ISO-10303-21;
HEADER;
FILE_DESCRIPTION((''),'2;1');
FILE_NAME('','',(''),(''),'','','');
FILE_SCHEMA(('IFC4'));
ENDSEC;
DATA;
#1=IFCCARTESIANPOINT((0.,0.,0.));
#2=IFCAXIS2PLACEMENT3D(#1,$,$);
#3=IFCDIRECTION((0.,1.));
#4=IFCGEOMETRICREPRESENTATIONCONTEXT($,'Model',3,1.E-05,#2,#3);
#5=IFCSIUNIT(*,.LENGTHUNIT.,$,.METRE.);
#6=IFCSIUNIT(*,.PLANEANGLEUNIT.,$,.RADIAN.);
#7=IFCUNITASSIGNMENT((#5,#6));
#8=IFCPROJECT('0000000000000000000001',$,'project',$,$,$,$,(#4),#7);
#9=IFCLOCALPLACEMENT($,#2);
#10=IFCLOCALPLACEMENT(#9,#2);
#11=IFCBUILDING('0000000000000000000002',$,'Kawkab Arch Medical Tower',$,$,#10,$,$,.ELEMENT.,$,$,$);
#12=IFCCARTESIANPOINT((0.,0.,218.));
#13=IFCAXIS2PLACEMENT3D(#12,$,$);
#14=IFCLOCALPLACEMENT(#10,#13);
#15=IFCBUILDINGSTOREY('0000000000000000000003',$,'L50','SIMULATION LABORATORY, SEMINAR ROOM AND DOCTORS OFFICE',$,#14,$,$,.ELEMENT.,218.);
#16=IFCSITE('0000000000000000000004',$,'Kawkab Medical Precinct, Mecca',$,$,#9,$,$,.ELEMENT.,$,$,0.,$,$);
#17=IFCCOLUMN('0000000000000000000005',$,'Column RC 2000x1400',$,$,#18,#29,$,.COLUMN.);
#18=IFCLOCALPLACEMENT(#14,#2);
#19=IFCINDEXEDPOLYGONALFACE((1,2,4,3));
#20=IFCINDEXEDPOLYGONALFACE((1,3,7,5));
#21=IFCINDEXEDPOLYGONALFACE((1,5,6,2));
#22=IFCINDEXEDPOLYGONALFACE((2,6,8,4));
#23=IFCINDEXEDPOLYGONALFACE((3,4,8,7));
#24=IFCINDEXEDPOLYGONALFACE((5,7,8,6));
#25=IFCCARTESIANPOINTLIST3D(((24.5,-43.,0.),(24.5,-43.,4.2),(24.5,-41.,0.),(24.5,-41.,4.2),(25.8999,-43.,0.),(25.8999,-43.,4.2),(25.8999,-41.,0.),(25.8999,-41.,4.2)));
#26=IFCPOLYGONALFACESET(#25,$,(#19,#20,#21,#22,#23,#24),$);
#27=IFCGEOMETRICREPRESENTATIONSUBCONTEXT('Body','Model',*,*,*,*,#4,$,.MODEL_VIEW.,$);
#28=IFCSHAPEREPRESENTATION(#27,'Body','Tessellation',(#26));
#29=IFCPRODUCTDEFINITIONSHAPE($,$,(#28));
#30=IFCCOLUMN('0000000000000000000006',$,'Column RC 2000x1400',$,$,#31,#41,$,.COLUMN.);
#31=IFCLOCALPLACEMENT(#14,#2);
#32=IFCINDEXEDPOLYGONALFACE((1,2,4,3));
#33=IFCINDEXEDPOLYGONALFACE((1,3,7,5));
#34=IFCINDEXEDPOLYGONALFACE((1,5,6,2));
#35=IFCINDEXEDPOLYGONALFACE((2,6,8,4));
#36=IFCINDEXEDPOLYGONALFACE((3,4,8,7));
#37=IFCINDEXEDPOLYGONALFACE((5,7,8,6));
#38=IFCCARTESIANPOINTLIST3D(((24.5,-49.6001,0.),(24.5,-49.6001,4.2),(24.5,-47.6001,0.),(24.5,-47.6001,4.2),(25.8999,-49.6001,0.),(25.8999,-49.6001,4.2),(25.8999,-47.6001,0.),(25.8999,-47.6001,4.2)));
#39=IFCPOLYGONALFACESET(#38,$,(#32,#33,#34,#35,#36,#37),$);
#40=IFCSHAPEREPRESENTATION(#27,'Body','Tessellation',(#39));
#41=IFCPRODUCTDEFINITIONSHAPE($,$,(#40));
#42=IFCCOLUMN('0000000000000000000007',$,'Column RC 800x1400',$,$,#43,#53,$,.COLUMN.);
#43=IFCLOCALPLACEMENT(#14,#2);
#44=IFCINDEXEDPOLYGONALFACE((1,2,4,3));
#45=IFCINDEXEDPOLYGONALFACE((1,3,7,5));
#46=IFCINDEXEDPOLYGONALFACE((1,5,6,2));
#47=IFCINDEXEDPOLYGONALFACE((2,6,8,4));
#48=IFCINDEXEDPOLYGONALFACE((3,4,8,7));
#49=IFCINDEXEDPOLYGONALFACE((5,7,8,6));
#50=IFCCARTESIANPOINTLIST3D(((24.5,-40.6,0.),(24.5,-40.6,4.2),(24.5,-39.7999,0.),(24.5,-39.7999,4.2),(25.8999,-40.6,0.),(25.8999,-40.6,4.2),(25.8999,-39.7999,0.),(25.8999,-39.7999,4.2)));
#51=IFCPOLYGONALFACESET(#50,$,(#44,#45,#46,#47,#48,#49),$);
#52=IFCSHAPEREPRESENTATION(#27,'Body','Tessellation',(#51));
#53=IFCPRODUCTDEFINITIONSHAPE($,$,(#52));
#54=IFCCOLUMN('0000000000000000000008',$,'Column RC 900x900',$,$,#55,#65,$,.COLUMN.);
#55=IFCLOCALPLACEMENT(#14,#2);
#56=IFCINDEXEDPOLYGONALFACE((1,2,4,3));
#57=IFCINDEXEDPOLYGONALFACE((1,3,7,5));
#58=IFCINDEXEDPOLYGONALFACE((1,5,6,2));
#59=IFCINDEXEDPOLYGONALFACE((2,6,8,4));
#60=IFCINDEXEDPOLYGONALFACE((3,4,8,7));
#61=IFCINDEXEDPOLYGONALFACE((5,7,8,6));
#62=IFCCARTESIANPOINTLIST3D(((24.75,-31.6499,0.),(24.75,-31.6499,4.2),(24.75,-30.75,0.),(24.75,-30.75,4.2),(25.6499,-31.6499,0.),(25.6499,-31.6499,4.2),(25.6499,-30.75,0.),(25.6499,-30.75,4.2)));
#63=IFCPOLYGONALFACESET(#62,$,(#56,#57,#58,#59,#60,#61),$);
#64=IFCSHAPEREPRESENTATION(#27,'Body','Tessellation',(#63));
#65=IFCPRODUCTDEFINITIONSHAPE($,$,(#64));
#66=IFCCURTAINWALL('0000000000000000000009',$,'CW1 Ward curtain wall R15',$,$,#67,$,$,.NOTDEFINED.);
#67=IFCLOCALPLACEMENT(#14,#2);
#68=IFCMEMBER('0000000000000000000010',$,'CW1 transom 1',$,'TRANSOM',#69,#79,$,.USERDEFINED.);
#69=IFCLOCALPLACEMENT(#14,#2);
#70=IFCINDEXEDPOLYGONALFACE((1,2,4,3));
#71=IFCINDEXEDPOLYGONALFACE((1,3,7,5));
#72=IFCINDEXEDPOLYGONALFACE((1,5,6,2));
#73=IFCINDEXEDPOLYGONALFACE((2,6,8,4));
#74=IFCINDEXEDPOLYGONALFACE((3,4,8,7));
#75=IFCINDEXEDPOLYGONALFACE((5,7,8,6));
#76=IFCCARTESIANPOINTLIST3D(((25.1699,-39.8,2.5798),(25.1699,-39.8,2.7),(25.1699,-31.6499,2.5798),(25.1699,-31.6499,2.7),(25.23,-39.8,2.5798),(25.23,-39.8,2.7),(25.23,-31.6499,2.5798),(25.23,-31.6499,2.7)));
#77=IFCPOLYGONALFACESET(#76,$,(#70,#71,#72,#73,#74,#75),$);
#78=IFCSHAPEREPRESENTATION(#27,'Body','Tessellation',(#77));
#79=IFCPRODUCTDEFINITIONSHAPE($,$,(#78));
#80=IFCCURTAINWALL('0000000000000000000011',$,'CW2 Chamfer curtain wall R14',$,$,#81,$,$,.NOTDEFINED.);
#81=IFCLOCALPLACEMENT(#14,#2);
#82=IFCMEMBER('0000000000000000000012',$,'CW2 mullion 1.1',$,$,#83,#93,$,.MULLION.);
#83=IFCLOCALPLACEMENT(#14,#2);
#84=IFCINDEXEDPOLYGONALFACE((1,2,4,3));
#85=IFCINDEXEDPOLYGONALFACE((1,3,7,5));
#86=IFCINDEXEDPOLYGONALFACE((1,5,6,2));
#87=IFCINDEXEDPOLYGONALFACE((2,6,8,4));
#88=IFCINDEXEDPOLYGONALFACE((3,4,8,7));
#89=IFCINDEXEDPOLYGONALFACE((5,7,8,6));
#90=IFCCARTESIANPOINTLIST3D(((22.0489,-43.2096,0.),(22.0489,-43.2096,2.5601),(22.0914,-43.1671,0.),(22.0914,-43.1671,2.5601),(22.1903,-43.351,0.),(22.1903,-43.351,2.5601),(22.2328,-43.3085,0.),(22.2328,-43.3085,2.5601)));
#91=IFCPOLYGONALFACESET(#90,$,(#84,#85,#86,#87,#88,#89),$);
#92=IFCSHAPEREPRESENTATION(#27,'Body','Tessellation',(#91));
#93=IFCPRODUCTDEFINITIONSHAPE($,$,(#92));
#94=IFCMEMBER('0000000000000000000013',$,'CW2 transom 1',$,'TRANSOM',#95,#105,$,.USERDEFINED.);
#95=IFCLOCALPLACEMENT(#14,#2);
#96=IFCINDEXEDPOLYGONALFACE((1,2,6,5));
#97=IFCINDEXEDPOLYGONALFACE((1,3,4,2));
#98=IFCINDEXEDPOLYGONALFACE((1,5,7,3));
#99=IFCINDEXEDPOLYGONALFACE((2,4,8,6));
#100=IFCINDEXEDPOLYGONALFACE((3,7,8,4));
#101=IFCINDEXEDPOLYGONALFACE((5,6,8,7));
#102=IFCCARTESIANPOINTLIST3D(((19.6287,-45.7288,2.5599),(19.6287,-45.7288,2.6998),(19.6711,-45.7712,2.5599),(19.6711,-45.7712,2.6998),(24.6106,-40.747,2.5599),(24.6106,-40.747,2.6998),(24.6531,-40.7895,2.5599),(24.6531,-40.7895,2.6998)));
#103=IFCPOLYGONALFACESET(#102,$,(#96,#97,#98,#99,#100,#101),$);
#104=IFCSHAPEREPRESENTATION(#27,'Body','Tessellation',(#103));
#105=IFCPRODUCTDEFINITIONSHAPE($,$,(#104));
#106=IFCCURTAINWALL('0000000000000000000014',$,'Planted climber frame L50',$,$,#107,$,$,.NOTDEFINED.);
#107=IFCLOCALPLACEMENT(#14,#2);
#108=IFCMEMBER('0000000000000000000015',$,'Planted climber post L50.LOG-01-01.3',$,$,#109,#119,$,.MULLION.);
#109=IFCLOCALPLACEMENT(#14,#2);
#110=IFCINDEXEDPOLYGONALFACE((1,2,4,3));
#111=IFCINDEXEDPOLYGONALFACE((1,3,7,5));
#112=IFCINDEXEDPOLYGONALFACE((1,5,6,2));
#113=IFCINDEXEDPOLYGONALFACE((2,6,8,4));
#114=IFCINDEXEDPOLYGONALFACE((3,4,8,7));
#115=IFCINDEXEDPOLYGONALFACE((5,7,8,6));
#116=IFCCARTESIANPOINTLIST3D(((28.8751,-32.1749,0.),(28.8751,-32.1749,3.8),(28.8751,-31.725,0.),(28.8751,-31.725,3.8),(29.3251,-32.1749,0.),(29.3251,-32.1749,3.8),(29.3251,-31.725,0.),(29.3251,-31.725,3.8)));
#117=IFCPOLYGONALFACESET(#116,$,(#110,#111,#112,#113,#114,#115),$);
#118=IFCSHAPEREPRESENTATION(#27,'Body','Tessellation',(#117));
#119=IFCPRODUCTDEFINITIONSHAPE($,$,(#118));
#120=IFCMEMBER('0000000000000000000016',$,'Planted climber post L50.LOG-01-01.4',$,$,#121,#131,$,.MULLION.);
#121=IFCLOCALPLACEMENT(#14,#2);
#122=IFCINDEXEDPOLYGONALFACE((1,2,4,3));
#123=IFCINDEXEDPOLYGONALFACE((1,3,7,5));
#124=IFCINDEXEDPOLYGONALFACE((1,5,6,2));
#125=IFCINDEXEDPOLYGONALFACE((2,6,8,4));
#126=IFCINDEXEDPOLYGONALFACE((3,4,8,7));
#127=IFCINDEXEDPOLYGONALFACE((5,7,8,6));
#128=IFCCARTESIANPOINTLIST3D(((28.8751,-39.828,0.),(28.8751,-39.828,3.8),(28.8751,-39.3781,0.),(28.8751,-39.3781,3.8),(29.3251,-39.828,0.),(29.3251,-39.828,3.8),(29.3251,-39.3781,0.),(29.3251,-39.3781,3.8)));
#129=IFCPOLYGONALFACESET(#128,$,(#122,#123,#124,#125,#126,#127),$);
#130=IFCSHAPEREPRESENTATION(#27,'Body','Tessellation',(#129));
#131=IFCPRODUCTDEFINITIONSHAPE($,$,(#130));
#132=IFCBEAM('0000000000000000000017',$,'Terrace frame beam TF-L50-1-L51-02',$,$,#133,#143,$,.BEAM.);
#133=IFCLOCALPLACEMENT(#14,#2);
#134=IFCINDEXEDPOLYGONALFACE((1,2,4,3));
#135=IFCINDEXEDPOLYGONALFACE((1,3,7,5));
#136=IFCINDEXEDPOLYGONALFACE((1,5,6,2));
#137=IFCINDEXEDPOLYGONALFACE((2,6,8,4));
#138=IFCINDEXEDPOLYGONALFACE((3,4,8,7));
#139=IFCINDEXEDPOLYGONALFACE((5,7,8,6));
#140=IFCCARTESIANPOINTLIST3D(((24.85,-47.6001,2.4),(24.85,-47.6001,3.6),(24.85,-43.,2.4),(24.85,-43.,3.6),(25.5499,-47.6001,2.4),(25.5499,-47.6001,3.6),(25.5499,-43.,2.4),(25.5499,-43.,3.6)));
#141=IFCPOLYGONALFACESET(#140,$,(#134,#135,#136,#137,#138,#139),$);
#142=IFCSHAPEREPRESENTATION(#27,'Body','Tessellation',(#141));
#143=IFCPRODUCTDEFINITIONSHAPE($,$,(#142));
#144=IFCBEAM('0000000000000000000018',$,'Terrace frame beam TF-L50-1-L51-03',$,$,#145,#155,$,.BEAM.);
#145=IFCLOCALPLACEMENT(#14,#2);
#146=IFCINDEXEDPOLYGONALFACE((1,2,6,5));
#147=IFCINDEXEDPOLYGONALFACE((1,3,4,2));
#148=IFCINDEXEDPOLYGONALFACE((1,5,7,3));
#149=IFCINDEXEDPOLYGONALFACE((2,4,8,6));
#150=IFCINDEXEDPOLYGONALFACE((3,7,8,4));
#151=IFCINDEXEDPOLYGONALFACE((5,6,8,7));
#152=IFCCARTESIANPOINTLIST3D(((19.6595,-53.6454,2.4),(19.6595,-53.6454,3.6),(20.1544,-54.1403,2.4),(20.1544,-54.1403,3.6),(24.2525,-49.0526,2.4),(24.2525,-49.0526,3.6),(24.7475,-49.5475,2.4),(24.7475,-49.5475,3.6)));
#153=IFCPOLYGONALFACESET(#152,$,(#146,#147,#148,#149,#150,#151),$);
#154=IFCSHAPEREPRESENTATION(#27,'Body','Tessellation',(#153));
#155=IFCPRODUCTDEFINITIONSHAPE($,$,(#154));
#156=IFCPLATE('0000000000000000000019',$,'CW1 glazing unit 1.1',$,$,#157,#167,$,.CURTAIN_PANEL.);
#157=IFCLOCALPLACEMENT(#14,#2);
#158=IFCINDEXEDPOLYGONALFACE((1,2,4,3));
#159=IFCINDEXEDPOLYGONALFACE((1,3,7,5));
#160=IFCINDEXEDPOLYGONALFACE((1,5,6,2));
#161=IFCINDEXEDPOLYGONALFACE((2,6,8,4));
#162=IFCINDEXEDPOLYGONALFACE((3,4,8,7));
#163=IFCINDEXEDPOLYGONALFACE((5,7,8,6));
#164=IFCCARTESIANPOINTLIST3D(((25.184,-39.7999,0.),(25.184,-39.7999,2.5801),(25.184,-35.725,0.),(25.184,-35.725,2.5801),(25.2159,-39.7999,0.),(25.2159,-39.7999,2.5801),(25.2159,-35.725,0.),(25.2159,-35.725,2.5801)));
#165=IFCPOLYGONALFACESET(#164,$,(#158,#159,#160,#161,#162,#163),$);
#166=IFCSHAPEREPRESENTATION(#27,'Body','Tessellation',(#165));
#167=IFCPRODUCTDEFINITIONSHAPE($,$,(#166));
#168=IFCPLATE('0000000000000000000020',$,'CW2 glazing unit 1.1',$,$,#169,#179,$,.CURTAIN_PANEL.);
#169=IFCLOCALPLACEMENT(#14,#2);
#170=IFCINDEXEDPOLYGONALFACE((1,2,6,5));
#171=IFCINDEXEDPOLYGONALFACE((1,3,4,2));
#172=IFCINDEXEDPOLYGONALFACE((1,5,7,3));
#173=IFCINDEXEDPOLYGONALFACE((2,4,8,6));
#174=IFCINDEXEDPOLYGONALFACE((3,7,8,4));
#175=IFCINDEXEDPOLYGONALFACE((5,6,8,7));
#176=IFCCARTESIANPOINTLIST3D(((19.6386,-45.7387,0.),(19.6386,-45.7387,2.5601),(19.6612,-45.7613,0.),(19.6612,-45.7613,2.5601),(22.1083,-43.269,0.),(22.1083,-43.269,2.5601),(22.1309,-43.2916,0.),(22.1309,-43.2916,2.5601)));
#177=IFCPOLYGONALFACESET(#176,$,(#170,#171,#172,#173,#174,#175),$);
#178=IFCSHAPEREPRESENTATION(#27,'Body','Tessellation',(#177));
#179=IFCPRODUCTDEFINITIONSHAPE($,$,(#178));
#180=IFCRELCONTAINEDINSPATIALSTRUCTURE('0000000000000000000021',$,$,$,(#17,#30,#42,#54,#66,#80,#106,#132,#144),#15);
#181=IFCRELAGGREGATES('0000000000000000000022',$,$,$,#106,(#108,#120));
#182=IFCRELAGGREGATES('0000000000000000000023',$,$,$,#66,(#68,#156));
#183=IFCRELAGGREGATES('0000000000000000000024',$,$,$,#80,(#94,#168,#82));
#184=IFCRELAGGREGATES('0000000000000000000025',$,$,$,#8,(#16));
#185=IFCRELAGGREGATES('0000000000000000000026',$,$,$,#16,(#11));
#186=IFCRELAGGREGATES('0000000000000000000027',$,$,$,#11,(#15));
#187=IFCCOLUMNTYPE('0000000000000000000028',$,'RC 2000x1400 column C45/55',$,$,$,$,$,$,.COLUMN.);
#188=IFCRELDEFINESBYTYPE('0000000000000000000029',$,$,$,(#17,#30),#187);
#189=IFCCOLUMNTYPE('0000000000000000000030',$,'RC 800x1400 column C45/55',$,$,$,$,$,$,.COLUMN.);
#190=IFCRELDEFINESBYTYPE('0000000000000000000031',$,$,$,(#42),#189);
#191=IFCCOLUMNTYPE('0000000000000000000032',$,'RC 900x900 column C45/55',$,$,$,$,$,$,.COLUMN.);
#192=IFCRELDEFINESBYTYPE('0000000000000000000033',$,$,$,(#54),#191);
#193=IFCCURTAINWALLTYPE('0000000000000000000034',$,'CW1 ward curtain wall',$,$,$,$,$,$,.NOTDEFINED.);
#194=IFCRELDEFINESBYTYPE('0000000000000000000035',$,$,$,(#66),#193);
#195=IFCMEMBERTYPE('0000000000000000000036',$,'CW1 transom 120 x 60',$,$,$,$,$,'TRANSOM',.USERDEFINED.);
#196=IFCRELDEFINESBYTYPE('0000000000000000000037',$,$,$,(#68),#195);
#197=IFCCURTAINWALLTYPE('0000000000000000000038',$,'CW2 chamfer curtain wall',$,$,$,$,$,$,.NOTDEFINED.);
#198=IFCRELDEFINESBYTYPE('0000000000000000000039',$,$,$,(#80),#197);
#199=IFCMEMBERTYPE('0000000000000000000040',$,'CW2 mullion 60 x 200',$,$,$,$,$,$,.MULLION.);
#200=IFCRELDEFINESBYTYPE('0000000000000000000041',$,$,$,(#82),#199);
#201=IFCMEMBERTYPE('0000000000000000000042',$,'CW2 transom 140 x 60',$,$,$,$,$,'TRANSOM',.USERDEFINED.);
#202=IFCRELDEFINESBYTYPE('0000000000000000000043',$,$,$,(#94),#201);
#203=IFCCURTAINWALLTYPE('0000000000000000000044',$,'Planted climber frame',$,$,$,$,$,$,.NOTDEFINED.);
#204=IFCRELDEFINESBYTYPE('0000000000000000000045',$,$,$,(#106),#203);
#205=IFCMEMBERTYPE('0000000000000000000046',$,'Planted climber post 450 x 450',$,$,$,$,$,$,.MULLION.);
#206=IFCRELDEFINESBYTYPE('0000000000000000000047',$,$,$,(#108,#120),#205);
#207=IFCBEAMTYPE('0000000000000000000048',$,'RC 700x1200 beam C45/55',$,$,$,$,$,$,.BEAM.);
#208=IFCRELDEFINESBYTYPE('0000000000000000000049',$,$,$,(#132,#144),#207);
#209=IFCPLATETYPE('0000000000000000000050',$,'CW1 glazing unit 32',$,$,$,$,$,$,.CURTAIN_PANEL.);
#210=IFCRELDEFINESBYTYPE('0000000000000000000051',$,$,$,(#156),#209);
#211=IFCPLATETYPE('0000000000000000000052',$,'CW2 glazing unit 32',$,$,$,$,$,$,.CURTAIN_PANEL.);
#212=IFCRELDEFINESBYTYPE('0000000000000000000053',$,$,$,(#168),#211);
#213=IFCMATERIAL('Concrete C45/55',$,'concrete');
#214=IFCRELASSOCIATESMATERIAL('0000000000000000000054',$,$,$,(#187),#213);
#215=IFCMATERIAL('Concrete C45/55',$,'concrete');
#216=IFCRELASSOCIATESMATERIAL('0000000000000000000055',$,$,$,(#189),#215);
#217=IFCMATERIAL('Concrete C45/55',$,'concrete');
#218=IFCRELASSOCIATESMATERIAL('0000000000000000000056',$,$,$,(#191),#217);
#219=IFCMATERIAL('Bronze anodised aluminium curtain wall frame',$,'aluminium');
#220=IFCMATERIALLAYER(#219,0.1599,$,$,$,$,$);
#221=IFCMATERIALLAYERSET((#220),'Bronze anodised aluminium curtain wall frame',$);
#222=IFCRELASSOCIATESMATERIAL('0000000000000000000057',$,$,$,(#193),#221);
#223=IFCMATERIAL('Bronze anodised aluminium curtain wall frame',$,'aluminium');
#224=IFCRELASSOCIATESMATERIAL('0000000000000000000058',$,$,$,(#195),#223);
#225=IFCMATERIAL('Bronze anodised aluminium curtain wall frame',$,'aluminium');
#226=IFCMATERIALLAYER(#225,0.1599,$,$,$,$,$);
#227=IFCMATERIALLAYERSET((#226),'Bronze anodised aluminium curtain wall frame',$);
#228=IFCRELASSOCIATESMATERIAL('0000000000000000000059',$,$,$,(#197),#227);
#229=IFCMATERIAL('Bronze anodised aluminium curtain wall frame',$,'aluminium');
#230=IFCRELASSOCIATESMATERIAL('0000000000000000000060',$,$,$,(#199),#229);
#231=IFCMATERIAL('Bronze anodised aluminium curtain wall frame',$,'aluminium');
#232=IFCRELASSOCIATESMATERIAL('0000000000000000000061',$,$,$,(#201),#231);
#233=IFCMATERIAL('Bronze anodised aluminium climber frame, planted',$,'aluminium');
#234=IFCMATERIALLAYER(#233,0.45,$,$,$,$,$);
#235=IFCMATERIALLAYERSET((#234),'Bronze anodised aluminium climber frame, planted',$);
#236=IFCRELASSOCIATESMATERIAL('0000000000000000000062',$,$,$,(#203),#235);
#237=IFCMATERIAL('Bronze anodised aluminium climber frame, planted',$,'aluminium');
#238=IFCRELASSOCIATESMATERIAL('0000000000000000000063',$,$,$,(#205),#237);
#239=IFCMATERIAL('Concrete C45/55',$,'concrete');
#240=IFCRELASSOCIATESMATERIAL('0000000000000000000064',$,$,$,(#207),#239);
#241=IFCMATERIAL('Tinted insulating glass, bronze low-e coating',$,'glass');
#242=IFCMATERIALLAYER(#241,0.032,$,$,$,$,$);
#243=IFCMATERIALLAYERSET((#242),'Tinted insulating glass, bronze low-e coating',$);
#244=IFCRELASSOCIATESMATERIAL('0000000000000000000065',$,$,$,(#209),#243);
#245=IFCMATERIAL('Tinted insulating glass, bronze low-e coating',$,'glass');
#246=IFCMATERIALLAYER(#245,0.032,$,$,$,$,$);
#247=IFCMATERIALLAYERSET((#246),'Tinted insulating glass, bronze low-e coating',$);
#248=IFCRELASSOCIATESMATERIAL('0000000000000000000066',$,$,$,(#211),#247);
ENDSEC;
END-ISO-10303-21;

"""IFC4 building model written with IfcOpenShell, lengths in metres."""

from ifc_helpers import new_model, si_unit, direction, frame, origin, origin_2d, place, context, subcontext, project, spatial, rectangle, extrude, material, layer, layer_set, material_profile, profile_set, type_object, element, aggregate, save


model = new_model("IFC4")

# Units and contexts
model_context = context("Model", 3, precision=1e-05, world=origin(), true_north=direction((0.0, 1.0)))
body_context = subcontext(model_context, "Body", "Model", "MODEL_VIEW")
ifc_project = project(units=[si_unit("LENGTHUNIT", "METRE"), si_unit("PLANEANGLEUNIT", "RADIAN")], contexts=[model_context])

# Site, building, storey
site_placement = place(None, origin())
site = spatial("IfcSite", under=ifc_project, at=site_placement, Name="Kawkab Medical Precinct, Mecca", CompositionType="ELEMENT", RefElevation=0.0)
building_placement = place(site_placement, origin())
building = spatial("IfcBuilding", under=site, at=building_placement, Name="Kawkab Arch Medical Tower", CompositionType="ELEMENT")
storey_placement = place(building_placement, frame((0.0, 0.0, 218.0)))
storey = spatial("IfcBuildingStorey", under=building, at=storey_placement, Name="L50", Description="SIMULATION LABORATORY, SEMINAR ROOM AND DOCTORS OFFICE", CompositionType="ELEMENT", Elevation=218.0)

# Columns
ifc_material_1 = material(Name="Concrete C45/55", Category="concrete")
ifc_material_profile_1 = material_profile(ifc_material_1, rectangle(XDim=2.0, YDim=1.3999, at=origin_2d()), Name="RC 2000x1400")
ifc_profile_set_1 = profile_set([ifc_material_profile_1], Name="Concrete C45/55")
column_type_1 = type_object("IfcColumnType", Name="RC 2000x1400 column C45/55", PredefinedType="COLUMN", material=ifc_profile_set_1)
for number, where, z_axis, x_axis, name in (
    (1, (25.2, -42.0, 0.0), (0.0, 0.0, 1.0), (0.0, -1.0, 0.0), "Column RC 2000x1400"),
    (2, (25.2, -48.6001, 0.0), (0.0, 0.0, 1.0), (0.0, -1.0, 0.0), "Column RC 2000x1400"),
):
    element("IfcColumn", number, at=place(storey_placement, frame(where, z_axis=z_axis, x_axis=x_axis)), inside=storey, type_object=column_type_1, Name=name, PredefinedType="COLUMN", context=body_context, shape_type="SweptSolid", body=[
        extrude(rectangle(XDim=2.0, YDim=1.3999, at=origin_2d()), origin(), (0.0, 0.0, 1.0), 4.2),
    ])
ifc_material_2 = material(Name="Concrete C45/55", Category="concrete")
ifc_material_profile_2 = material_profile(ifc_material_2, rectangle(XDim=0.8, YDim=1.3999, at=origin_2d()), Name="RC 800x1400")
ifc_profile_set_2 = profile_set([ifc_material_profile_2], Name="Concrete C45/55")
column_type_2 = type_object("IfcColumnType", Name="RC 800x1400 column C45/55", PredefinedType="COLUMN", material=ifc_profile_set_2)
column_1_placement = place(storey_placement, frame((25.2, -40.2, 0.0), z_axis=(0.0, 0.0, 1.0), x_axis=(0.0, -1.0, 0.0)))
element("IfcColumn", 3, at=column_1_placement, inside=storey, type_object=column_type_2, Name="Column RC 800x1400", PredefinedType="COLUMN", context=body_context, shape_type="SweptSolid", body=[
    extrude(rectangle(XDim=0.8, YDim=1.3999, at=origin_2d()), origin(), (0.0, 0.0, 1.0), 4.2),
])
ifc_material_3 = material(Name="Concrete C45/55", Category="concrete")
ifc_material_profile_3 = material_profile(ifc_material_3, rectangle(XDim=0.8999, YDim=0.8999, at=origin_2d()), Name="RC 900x900")
ifc_profile_set_3 = profile_set([ifc_material_profile_3], Name="Concrete C45/55")
column_type_3 = type_object("IfcColumnType", Name="RC 900x900 column C45/55", PredefinedType="COLUMN", material=ifc_profile_set_3)
column_2_placement = place(storey_placement, frame((25.2, -31.2, 0.0), z_axis=(0.0, 0.0, 1.0), x_axis=(1.0, 0.0, 0.0)))
element("IfcColumn", 4, at=column_2_placement, inside=storey, type_object=column_type_3, Name="Column RC 900x900", PredefinedType="COLUMN", context=body_context, shape_type="SweptSolid", body=[
    extrude(rectangle(XDim=0.8999, YDim=0.8999, at=origin_2d()), origin(), (0.0, 0.0, 1.0), 4.2),
])

# Curtain wall, member
ifc_material_4 = material(Name="Bronze anodised aluminium curtain wall frame", Category="aluminium")
ifc_layer_1 = layer(ifc_material_4, 0.1599)
ifc_layer_set_1 = layer_set([ifc_layer_1], Name="Bronze anodised aluminium curtain wall frame")
curtain_wall_type_1 = type_object("IfcCurtainWallType", Name="CW1 ward curtain wall", PredefinedType="NOTDEFINED", material=ifc_layer_set_1)
placement = place(storey_placement, origin())
curtain_wall_1 = element("IfcCurtainWall", 5, at=placement, inside=storey, type_object=curtain_wall_type_1, Name="CW1 Ward curtain wall R15", PredefinedType="NOTDEFINED")
ifc_material_5 = material(Name="Bronze anodised aluminium curtain wall frame", Category="aluminium")
ifc_material_profile_4 = material_profile(ifc_material_5, rectangle(XDim=0.0601, YDim=0.1201, at=origin_2d()), Name="AL 60x120")
ifc_profile_set_4 = profile_set([ifc_material_profile_4], Name="Bronze anodised aluminium curtain wall frame")
member_type_1 = type_object("IfcMemberType", Name="CW1 transom 120 x 60", ElementType="TRANSOM", PredefinedType="USERDEFINED", material=ifc_profile_set_4)
member_1_placement = place(storey_placement, frame((25.2, -39.8, 2.6399), z_axis=(0.0, 1.0, 0.0), x_axis=(-1.0, 0.0, 0.0)))
member_1 = element("IfcMember", 6, at=member_1_placement, type_object=member_type_1, Name="CW1 transom 1", ObjectType="TRANSOM", PredefinedType="USERDEFINED", context=body_context, shape_type="SweptSolid", body=[
    extrude(rectangle(XDim=0.0601, YDim=0.1201, at=origin_2d()), origin(), (0.0, 0.0, 1.0), 8.1501),
])

# Curtain walls, members
ifc_material_6 = material(Name="Bronze anodised aluminium curtain wall frame", Category="aluminium")
ifc_layer_2 = layer(ifc_material_6, 0.1599)
ifc_layer_set_2 = layer_set([ifc_layer_2], Name="Bronze anodised aluminium curtain wall frame")
curtain_wall_type_2 = type_object("IfcCurtainWallType", Name="CW2 chamfer curtain wall", PredefinedType="NOTDEFINED", material=ifc_layer_set_2)
curtain_wall_2 = element("IfcCurtainWall", 7, at=placement, inside=storey, type_object=curtain_wall_type_2, Name="CW2 Chamfer curtain wall R14", PredefinedType="NOTDEFINED")
ifc_material_7 = material(Name="Bronze anodised aluminium curtain wall frame", Category="aluminium")
ifc_material_profile_5 = material_profile(ifc_material_7, rectangle(XDim=0.2, YDim=0.0601, at=origin_2d()), Name="AL 60x200")
ifc_profile_set_5 = profile_set([ifc_material_profile_5], Name="Bronze anodised aluminium curtain wall frame")
member_type_2 = type_object("IfcMemberType", Name="CW2 mullion 60 x 200", PredefinedType="MULLION", material=ifc_profile_set_5)
member_2_placement = place(storey_placement, frame((22.1409, -43.259, 0.0), z_axis=(0.0, 0.0, 1.0), x_axis=(-0.707107, 0.707107, 0.0)))
member_2 = element("IfcMember", 8, at=member_2_placement, type_object=member_type_2, Name="CW2 mullion 1.1", PredefinedType="MULLION", context=body_context, shape_type="SweptSolid", body=[
    extrude(rectangle(XDim=0.2, YDim=0.0601, at=origin_2d()), origin(), (0.0, 0.0, 1.0), 2.5601),
])
ifc_material_8 = material(Name="Bronze anodised aluminium curtain wall frame", Category="aluminium")
ifc_material_profile_6 = material_profile(ifc_material_8, rectangle(XDim=0.0601, YDim=0.1399, at=origin_2d()), Name="AL 60x140")
ifc_profile_set_6 = profile_set([ifc_material_profile_6], Name="Bronze anodised aluminium curtain wall frame")
member_type_3 = type_object("IfcMemberType", Name="CW2 transom 140 x 60", ElementType="TRANSOM", PredefinedType="USERDEFINED", material=ifc_profile_set_6)
member_3_placement = place(storey_placement, frame((19.6499, -45.75, 2.6299), z_axis=(0.707124, 0.707089, 0.0), x_axis=(-0.707089, 0.707124, 0.0)))
member_3 = element("IfcMember", 9, at=member_3_placement, type_object=member_type_3, Name="CW2 transom 1", ObjectType="TRANSOM", PredefinedType="USERDEFINED", context=body_context, shape_type="SweptSolid", body=[
    extrude(rectangle(XDim=0.0601, YDim=0.1399, at=origin_2d()), origin(), (0.0, 0.0, 1.0), 7.0454),
])
ifc_material_9 = material(Name="Bronze anodised aluminium climber frame, planted", Category="aluminium")
ifc_layer_3 = layer(ifc_material_9, 0.45)
ifc_layer_set_3 = layer_set([ifc_layer_3], Name="Bronze anodised aluminium climber frame, planted")
curtain_wall_type_3 = type_object("IfcCurtainWallType", Name="Planted climber frame", PredefinedType="NOTDEFINED", material=ifc_layer_set_3)
curtain_wall_3 = element("IfcCurtainWall", 10, at=placement, inside=storey, type_object=curtain_wall_type_3, Name="Planted climber frame L50", PredefinedType="NOTDEFINED")
ifc_material_10 = material(Name="Bronze anodised aluminium climber frame, planted", Category="aluminium")
ifc_material_profile_7 = material_profile(ifc_material_10, rectangle(XDim=0.45, YDim=0.45, at=origin_2d()), Name="Post 450x450")
ifc_profile_set_7 = profile_set([ifc_material_profile_7], Name="Bronze anodised aluminium climber frame, planted")
member_type_4 = type_object("IfcMemberType", Name="Planted climber post 450 x 450", PredefinedType="MULLION", material=ifc_profile_set_7)
member_4_placement = place(storey_placement, frame((29.1001, -31.95, 0.0), z_axis=(0.0, 0.0, 1.0), x_axis=(1.0, 0.0, 0.0)))
member_4 = element("IfcMember", 11, at=member_4_placement, type_object=member_type_4, Name="Planted climber post L50.LOG-01-01.3", PredefinedType="MULLION", context=body_context, shape_type="SweptSolid", body=[
    extrude(rectangle(XDim=0.45, YDim=0.45, at=origin_2d()), origin(), (0.0, 0.0, 1.0), 3.8),
])
member_5_placement = place(storey_placement, frame((29.1001, -39.603, 0.0), z_axis=(0.0, 0.0, 1.0), x_axis=(1.0, 0.0, 0.0)))
member_5 = element("IfcMember", 12, at=member_5_placement, type_object=member_type_4, Name="Planted climber post L50.LOG-01-01.4", PredefinedType="MULLION", context=body_context, shape_type="SweptSolid", body=[
    extrude(rectangle(XDim=0.45, YDim=0.45, at=origin_2d()), origin(), (0.0, 0.0, 1.0), 3.8),
])
aggregate(curtain_wall_3, [member_4, member_5])

# Beams
ifc_material_11 = material(Name="Concrete C45/55", Category="concrete")
ifc_material_profile_8 = material_profile(ifc_material_11, rectangle(XDim=0.7, YDim=1.2, at=origin_2d()), Name="RC 700x1200")
ifc_profile_set_8 = profile_set([ifc_material_profile_8], Name="Concrete C45/55")
beam_type = type_object("IfcBeamType", Name="RC 700x1200 beam C45/55", PredefinedType="BEAM", material=ifc_profile_set_8)
beam_1_placement = place(storey_placement, frame((25.2, -43.0, 3.0), z_axis=(0.0, -1.0, 0.0), x_axis=(1.0, 0.0, 0.0)))
element("IfcBeam", 13, at=beam_1_placement, inside=storey, type_object=beam_type, Name="Terrace frame beam TF-L50-1-L51-02", PredefinedType="BEAM", context=body_context, shape_type="SweptSolid", body=[
    extrude(rectangle(XDim=0.7, YDim=1.2, at=origin_2d()), origin(), (0.0, 0.0, 1.0), 4.6001),
])
beam_2_placement = place(storey_placement, frame((24.5, -49.3, 3.0), z_axis=(-0.707126, -0.707088, 0.0), x_axis=(0.707088, -0.707126, 0.0)))
element("IfcBeam", 14, at=beam_2_placement, inside=storey, type_object=beam_type, Name="Terrace frame beam TF-L50-1-L51-03", PredefinedType="BEAM", context=body_context, shape_type="SweptSolid", body=[
    extrude(rectangle(XDim=0.7, YDim=1.2, at=origin_2d()), origin(), (0.0, 0.0, 1.0), 6.4954),
])

# Plates
ifc_material_12 = material(Name="Tinted insulating glass, bronze low-e coating", Category="glass")
ifc_layer_4 = layer(ifc_material_12, 0.032)
ifc_layer_set_4 = layer_set([ifc_layer_4], Name="Tinted insulating glass, bronze low-e coating")
plate_type_1 = type_object("IfcPlateType", Name="CW1 glazing unit 32", PredefinedType="CURTAIN_PANEL", material=ifc_layer_set_4)
plate_1_placement = place(storey_placement, frame((25.2, -37.7625, 0.0), z_axis=(0.0, 0.0, 1.0), x_axis=(0.0, 1.0, 0.0)))
plate_1 = element("IfcPlate", 15, at=plate_1_placement, type_object=plate_type_1, Name="CW1 glazing unit 1.1", PredefinedType="CURTAIN_PANEL", context=body_context, shape_type="SweptSolid", body=[
    extrude(rectangle(XDim=4.075, YDim=0.032, at=origin_2d()), origin(), (0.0, 0.0, 1.0), 2.5801),
])
aggregate(curtain_wall_1, [member_1, plate_1])
ifc_material_13 = material(Name="Tinted insulating glass, bronze low-e coating", Category="glass")
ifc_layer_5 = layer(ifc_material_13, 0.032)
ifc_layer_set_5 = layer_set([ifc_layer_5], Name="Tinted insulating glass, bronze low-e coating")
plate_type_2 = type_object("IfcPlateType", Name="CW2 glazing unit 32", PredefinedType="CURTAIN_PANEL", material=ifc_layer_set_5)
plate_2_placement = place(storey_placement, frame((20.8848, -44.5151, 0.0), z_axis=(0.0, 0.0, 1.0), x_axis=(0.707107, 0.707107, 0.0)))
plate_2 = element("IfcPlate", 16, at=plate_2_placement, type_object=plate_type_2, Name="CW2 glazing unit 1.1", PredefinedType="CURTAIN_PANEL", context=body_context, shape_type="SweptSolid", body=[
    extrude(rectangle(XDim=3.4927, YDim=0.032, at=origin_2d()), origin(), (0.0, 0.0, 1.0), 2.5601),
])
aggregate(curtain_wall_2, [member_3, plate_2, member_2])

save(model, "model.ifc")
